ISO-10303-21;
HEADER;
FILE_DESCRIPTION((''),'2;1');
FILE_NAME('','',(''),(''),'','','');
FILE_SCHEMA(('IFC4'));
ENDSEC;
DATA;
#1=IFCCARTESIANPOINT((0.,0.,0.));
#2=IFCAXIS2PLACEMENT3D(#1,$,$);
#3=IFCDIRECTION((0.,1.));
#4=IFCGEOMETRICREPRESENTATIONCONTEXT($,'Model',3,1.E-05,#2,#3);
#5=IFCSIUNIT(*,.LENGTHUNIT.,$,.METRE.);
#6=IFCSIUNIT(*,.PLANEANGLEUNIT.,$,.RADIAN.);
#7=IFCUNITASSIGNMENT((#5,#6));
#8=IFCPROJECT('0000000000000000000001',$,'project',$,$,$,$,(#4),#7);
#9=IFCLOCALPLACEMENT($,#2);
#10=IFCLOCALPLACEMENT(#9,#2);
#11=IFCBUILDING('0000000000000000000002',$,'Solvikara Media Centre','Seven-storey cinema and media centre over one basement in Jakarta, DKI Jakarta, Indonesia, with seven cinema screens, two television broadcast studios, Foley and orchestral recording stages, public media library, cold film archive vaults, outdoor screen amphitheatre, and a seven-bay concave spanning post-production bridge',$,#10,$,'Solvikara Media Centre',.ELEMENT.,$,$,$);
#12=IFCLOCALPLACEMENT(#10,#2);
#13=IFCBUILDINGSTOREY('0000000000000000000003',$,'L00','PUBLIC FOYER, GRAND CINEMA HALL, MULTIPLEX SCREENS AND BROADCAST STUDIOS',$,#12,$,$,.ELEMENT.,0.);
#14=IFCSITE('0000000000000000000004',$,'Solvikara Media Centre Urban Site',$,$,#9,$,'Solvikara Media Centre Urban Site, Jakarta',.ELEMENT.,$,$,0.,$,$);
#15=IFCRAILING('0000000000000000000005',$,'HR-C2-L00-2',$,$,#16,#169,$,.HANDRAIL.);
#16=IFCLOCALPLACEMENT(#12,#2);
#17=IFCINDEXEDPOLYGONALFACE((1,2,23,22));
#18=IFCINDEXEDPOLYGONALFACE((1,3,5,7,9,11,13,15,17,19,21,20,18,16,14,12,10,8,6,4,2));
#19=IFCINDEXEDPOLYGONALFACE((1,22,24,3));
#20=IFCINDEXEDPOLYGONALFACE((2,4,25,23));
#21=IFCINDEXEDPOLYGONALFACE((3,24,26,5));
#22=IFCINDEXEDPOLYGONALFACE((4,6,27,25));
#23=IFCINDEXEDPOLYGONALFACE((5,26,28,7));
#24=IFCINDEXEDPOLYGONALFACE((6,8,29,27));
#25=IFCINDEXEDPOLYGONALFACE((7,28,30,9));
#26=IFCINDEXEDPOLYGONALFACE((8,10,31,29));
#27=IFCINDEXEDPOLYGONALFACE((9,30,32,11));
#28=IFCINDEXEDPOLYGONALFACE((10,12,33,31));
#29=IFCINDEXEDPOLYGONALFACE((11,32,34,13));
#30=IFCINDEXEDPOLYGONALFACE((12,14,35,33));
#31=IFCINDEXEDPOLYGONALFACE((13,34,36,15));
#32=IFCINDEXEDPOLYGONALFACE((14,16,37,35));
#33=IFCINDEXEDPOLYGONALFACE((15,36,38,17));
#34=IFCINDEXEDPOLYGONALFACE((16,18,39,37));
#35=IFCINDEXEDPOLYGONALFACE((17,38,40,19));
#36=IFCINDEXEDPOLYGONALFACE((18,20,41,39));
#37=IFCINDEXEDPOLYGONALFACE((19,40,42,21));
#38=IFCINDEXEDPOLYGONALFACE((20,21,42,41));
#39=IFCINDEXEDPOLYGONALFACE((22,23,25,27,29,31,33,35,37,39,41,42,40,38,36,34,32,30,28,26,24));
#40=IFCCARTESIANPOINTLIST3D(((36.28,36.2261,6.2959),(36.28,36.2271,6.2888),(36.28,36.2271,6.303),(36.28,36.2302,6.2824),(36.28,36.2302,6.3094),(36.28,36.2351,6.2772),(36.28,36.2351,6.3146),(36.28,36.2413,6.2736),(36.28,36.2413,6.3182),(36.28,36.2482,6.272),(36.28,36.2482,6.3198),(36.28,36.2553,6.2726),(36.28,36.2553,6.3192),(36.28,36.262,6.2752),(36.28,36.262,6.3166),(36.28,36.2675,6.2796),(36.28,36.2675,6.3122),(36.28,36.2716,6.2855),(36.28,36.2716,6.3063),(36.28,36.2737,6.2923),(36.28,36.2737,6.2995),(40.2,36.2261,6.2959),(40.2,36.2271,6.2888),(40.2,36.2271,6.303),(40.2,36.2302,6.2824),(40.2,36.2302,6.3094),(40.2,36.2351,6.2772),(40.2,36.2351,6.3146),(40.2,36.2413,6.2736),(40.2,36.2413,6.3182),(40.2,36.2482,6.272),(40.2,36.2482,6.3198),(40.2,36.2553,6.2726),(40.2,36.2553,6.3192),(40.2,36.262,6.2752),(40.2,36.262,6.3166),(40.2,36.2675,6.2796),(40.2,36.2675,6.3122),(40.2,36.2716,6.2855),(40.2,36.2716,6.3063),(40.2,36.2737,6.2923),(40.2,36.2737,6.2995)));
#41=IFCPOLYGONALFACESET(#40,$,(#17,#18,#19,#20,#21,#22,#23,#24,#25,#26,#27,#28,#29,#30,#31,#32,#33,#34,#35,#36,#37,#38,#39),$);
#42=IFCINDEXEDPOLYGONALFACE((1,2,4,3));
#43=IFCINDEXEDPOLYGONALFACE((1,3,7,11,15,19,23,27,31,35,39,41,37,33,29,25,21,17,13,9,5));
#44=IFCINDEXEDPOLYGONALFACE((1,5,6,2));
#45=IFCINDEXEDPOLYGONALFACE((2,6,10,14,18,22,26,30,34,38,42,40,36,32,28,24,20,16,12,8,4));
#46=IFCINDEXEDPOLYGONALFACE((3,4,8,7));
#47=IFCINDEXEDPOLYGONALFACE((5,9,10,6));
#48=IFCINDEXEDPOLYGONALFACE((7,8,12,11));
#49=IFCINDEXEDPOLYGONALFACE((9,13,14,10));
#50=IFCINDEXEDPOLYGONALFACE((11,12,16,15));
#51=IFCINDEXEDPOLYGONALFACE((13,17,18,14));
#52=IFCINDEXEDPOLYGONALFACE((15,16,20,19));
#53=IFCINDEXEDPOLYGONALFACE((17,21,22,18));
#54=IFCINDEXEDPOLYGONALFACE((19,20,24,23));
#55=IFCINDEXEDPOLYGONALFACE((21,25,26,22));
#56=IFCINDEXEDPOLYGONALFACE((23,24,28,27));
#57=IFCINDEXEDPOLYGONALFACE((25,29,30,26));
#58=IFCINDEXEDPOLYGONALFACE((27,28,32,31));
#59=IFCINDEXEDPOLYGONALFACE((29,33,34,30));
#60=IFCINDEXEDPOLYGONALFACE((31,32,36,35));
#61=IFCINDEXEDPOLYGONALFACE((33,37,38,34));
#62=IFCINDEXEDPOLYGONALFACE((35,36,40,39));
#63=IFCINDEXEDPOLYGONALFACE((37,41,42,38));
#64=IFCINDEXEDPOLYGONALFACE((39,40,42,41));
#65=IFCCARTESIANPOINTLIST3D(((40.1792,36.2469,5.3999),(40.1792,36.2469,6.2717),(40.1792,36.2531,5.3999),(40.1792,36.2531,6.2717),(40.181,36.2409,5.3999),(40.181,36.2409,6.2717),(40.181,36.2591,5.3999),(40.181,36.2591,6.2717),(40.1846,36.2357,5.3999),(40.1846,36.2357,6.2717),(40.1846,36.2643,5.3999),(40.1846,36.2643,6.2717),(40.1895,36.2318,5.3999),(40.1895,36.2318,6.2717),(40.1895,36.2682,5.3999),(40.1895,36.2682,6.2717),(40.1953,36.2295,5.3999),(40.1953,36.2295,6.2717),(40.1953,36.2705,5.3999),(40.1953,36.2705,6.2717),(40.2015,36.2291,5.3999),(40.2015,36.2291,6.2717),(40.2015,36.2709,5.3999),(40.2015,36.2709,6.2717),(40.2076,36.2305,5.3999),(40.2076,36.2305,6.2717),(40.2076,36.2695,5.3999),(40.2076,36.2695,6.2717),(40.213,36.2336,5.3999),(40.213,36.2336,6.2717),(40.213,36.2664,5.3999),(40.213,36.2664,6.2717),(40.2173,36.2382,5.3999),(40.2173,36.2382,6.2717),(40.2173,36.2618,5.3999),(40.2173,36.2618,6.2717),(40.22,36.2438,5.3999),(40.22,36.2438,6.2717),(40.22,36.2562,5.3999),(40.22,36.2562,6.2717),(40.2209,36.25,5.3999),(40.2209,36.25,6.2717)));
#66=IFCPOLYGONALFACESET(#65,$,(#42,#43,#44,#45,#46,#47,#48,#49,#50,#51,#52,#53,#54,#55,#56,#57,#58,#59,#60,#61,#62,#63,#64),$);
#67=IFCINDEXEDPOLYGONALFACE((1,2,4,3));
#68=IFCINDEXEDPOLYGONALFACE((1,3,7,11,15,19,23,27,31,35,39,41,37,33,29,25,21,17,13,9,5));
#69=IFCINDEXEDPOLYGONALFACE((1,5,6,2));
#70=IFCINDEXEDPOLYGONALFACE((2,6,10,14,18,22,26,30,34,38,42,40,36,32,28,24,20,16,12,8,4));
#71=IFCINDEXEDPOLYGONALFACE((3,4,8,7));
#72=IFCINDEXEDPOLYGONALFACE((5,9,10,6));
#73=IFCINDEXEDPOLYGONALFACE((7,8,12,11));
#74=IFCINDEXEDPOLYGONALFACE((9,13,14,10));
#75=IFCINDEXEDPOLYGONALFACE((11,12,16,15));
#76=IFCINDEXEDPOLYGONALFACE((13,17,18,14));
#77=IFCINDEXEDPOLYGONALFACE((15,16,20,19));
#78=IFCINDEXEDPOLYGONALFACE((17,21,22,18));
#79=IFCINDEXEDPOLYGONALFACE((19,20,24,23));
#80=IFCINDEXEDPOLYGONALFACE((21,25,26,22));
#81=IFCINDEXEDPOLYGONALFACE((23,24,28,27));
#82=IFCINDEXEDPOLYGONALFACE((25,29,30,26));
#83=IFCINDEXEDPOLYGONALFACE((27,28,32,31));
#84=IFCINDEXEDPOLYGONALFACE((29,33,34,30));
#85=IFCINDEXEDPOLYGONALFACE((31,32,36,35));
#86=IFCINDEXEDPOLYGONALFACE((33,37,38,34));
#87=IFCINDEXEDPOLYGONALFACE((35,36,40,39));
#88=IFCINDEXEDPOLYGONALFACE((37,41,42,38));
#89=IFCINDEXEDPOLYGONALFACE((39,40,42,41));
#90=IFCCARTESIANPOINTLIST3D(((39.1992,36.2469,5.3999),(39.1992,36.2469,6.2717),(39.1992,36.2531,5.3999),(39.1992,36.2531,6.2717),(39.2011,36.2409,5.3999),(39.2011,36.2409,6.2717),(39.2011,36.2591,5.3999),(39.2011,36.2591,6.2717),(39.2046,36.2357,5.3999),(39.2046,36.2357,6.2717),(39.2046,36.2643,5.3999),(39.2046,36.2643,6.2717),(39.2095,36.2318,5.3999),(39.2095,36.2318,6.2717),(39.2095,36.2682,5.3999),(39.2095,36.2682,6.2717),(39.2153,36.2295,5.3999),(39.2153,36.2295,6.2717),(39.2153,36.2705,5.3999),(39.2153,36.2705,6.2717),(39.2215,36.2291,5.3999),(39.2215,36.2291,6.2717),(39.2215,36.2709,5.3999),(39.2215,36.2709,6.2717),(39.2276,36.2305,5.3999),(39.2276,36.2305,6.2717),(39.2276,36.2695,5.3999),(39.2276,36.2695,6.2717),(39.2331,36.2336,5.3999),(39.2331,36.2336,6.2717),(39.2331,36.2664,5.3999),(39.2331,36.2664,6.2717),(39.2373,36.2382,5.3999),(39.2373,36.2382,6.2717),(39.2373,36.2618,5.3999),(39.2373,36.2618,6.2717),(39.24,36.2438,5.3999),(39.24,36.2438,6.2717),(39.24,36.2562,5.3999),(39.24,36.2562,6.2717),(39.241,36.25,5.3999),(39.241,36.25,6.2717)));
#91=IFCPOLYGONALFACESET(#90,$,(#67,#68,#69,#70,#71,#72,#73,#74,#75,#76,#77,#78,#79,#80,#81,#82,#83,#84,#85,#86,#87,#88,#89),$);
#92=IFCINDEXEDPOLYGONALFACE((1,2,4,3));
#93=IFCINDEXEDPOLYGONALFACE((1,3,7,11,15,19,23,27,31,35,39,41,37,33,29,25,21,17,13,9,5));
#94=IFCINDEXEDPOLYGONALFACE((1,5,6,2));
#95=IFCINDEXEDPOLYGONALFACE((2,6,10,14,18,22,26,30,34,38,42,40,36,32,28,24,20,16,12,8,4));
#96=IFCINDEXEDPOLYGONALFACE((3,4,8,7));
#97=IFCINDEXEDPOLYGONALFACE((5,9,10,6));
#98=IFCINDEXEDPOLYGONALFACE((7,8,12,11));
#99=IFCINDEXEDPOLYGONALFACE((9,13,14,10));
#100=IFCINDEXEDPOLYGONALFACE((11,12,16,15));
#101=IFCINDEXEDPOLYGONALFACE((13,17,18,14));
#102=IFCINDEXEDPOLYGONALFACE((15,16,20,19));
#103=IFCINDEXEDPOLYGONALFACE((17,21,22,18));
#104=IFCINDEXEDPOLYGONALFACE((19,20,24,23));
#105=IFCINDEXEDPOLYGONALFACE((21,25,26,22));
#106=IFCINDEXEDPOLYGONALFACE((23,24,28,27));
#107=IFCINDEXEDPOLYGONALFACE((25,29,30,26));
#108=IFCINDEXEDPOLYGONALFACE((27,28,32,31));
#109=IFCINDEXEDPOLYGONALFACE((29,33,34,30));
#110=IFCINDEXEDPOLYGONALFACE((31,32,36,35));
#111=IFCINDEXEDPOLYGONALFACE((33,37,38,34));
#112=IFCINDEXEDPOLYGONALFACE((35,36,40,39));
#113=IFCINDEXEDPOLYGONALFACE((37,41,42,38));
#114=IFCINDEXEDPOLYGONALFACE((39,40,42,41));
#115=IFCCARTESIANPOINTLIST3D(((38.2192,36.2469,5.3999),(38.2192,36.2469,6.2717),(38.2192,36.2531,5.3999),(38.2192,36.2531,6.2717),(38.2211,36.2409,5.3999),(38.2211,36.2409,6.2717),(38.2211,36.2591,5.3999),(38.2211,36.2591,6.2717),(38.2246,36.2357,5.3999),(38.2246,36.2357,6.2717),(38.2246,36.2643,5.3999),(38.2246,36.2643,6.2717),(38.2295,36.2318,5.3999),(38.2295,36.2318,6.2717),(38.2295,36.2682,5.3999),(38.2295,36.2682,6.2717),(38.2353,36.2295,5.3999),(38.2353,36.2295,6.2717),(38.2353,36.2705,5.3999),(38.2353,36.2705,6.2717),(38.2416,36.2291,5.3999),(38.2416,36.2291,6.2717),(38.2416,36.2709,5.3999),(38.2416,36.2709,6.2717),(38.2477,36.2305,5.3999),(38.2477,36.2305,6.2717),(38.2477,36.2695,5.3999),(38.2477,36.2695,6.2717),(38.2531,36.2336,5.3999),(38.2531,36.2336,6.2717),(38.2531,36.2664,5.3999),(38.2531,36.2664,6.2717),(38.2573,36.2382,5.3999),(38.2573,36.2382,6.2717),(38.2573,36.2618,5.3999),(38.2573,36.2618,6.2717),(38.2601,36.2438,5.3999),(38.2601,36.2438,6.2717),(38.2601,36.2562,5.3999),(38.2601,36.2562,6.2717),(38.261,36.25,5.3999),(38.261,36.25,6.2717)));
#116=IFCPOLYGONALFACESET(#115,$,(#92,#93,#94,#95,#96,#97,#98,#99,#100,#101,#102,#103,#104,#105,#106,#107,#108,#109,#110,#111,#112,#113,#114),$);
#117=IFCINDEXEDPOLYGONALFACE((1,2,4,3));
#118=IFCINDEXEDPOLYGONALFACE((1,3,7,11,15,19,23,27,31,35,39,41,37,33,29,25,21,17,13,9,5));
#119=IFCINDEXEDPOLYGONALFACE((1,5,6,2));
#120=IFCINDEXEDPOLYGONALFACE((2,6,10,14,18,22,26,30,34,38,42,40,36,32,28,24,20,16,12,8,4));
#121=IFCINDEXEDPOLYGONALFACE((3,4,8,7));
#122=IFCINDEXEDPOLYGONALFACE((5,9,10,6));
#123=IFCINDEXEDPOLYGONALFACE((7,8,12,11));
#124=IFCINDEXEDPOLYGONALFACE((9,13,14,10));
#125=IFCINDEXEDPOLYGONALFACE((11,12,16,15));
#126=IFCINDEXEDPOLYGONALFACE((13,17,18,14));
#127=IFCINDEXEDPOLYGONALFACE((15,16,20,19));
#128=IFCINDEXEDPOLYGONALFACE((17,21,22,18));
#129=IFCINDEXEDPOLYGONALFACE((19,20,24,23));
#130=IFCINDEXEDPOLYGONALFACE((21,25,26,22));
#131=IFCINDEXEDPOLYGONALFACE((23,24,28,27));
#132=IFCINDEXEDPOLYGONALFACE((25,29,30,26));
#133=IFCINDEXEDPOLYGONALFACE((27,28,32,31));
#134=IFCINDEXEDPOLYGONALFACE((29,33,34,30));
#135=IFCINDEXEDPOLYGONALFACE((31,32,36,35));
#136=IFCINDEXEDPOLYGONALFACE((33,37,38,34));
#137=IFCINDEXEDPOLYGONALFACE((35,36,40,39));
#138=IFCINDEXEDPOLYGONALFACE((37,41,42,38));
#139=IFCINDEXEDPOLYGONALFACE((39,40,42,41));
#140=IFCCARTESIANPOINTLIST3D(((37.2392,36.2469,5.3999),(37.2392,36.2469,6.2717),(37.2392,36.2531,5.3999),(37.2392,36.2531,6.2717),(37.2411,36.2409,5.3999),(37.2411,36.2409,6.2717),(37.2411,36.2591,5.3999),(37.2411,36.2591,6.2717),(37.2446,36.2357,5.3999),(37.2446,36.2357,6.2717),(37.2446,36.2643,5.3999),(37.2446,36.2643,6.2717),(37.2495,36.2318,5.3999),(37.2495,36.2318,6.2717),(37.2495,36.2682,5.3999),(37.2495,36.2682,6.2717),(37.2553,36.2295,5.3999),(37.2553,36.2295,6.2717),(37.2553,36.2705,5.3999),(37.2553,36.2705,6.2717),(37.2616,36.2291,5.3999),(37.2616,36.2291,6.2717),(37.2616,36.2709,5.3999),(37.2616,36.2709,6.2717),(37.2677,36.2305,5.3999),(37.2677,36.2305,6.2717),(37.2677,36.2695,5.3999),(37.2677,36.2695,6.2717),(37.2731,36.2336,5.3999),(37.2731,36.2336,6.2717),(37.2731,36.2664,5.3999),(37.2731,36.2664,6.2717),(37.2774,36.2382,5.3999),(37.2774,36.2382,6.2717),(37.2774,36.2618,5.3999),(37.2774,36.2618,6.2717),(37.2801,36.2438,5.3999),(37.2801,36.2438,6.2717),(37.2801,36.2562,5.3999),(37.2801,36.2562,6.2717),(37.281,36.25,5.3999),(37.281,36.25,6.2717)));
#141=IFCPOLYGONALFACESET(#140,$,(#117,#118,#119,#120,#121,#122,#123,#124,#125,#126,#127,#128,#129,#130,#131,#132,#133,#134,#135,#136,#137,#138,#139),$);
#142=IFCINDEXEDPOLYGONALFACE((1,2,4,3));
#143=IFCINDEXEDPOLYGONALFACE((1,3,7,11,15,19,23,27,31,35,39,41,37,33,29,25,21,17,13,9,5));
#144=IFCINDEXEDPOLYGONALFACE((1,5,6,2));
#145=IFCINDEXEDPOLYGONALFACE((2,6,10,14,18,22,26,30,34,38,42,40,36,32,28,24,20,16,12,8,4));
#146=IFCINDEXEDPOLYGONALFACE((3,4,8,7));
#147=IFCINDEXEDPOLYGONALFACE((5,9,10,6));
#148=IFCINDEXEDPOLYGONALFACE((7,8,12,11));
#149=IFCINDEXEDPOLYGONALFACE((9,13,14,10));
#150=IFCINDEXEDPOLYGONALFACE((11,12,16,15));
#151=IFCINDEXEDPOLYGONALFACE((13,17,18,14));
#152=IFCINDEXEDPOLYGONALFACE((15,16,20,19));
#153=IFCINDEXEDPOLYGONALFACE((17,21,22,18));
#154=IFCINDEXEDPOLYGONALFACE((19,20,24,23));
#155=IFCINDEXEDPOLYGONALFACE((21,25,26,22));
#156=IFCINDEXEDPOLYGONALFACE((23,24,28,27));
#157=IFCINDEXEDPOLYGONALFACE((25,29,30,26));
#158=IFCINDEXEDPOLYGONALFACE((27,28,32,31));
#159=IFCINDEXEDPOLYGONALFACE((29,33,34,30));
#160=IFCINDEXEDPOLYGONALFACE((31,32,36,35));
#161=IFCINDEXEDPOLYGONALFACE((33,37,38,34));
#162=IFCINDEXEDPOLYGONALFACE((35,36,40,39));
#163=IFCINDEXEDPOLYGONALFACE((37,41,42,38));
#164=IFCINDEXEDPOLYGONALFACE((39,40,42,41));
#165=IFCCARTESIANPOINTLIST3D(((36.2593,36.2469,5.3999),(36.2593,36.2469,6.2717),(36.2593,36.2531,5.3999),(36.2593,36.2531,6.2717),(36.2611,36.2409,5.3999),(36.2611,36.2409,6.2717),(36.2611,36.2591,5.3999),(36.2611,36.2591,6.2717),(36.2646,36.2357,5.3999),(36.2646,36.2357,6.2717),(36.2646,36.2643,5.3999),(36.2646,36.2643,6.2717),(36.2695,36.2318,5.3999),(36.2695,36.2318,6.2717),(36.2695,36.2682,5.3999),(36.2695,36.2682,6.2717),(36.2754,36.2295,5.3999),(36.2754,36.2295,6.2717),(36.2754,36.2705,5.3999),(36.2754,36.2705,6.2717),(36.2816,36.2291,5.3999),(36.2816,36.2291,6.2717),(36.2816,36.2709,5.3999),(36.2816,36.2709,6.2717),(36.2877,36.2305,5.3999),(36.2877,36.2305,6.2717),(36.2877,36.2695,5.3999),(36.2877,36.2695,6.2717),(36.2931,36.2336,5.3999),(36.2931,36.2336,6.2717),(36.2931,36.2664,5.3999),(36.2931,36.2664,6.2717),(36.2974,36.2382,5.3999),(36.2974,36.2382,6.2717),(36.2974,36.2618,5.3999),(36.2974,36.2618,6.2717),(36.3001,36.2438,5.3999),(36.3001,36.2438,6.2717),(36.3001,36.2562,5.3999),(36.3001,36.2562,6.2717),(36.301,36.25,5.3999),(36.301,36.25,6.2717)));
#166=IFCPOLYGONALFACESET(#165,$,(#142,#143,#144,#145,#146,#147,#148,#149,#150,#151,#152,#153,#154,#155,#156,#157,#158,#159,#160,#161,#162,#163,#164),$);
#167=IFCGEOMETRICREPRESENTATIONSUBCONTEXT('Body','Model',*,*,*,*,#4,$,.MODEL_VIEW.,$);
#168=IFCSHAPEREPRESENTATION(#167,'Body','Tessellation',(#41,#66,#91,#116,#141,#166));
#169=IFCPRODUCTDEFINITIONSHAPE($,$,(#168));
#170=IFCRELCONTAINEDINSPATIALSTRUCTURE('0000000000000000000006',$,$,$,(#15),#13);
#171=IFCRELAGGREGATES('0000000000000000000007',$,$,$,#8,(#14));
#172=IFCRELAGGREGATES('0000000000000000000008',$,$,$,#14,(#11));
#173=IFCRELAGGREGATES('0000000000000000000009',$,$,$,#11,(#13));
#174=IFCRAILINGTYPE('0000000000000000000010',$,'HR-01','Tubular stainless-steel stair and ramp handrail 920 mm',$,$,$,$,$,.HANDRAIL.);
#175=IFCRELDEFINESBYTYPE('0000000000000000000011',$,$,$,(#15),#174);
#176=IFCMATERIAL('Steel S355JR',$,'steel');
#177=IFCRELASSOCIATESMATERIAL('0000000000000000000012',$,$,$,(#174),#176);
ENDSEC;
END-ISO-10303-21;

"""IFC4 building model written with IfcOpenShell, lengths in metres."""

from ifc_helpers import new_model, si_unit, direction, frame, origin, origin_2d, place, context, subcontext, project, spatial, circle, extrude, material, type_object, element, save


model = new_model("IFC4")

# Units and contexts
model_context = context("Model", 3, precision=1e-05, world=origin(), true_north=direction((0.0, 1.0)))
body_context = subcontext(model_context, "Body", "Model", "MODEL_VIEW")
ifc_project = project(units=[si_unit("LENGTHUNIT", "METRE"), si_unit("PLANEANGLEUNIT", "RADIAN")], contexts=[model_context])

# Site, building, storey
site_placement = place(None, origin())
site = spatial("IfcSite", under=ifc_project, at=site_placement, Name="Solvikara Media Centre Urban Site", LongName="Solvikara Media Centre Urban Site, Jakarta", CompositionType="ELEMENT", RefElevation=0.0)
building_placement = place(site_placement, origin())
building = spatial("IfcBuilding", under=site, at=building_placement, Name="Solvikara Media Centre", Description="Seven-storey cinema and media centre over one basement in Jakarta, DKI Jakarta, Indonesia, with seven cinema screens, two television broadcast studios, Foley and orchestral recording stages, public media library, cold film archive vaults, outdoor screen amphitheatre, and a seven-bay concave spanning post-production bridge", LongName="Solvikara Media Centre", CompositionType="ELEMENT")
storey_placement = place(building_placement, origin())
storey = spatial("IfcBuildingStorey", under=building, at=storey_placement, Name="L00", Description="PUBLIC FOYER, GRAND CINEMA HALL, MULTIPLEX SCREENS AND BROADCAST STUDIOS", CompositionType="ELEMENT", Elevation=0.0)

# Shared definitions
ifc_material_1 = material(Name="Steel S355JR", Category="steel")

# Railing
railing_type_1 = type_object("IfcRailingType", Name="HR-01", Description="Tubular stainless-steel stair and ramp handrail 920 mm", PredefinedType="HANDRAIL", material=ifc_material_1)
railing_1_placement = place(storey_placement, frame((40.2, 36.25, 5.3999)))
element("IfcRailing", 1, at=railing_1_placement, inside=storey, type_object=railing_type_1, Name="HR-C2-L00-2", PredefinedType="HANDRAIL", context=body_context, shape_type="SweptSolid", body=[
    extrude(circle(Radius=0.0239, at=origin_2d()), frame((0.0, 0.0, 0.896), z_axis=(-1.0, 0.0, 0.0), x_axis=(0.0, -1.0, 0.0)), (0.0, 0.0, 1.0), 3.9199),
    extrude(circle(Radius=0.021, at=origin_2d()), origin(), (0.0, 0.0, 1.0), 0.8718),
    extrude(circle(Radius=0.021, at=origin_2d()), frame((-0.98, 0.0, 0.0)), (0.0, 0.0, 1.0), 0.8718),
    extrude(circle(Radius=0.021, at=origin_2d()), frame((-1.96, 0.0, 0.0)), (0.0, 0.0, 1.0), 0.8718),
    extrude(circle(Radius=0.021, at=origin_2d()), frame((-2.9399, 0.0, 0.0)), (0.0, 0.0, 1.0), 0.8718),
    extrude(circle(Radius=0.021, at=origin_2d()), frame((-3.9199, 0.0, 0.0)), (0.0, 0.0, 1.0), 0.8718),
])

save(model, "model.ifc")
